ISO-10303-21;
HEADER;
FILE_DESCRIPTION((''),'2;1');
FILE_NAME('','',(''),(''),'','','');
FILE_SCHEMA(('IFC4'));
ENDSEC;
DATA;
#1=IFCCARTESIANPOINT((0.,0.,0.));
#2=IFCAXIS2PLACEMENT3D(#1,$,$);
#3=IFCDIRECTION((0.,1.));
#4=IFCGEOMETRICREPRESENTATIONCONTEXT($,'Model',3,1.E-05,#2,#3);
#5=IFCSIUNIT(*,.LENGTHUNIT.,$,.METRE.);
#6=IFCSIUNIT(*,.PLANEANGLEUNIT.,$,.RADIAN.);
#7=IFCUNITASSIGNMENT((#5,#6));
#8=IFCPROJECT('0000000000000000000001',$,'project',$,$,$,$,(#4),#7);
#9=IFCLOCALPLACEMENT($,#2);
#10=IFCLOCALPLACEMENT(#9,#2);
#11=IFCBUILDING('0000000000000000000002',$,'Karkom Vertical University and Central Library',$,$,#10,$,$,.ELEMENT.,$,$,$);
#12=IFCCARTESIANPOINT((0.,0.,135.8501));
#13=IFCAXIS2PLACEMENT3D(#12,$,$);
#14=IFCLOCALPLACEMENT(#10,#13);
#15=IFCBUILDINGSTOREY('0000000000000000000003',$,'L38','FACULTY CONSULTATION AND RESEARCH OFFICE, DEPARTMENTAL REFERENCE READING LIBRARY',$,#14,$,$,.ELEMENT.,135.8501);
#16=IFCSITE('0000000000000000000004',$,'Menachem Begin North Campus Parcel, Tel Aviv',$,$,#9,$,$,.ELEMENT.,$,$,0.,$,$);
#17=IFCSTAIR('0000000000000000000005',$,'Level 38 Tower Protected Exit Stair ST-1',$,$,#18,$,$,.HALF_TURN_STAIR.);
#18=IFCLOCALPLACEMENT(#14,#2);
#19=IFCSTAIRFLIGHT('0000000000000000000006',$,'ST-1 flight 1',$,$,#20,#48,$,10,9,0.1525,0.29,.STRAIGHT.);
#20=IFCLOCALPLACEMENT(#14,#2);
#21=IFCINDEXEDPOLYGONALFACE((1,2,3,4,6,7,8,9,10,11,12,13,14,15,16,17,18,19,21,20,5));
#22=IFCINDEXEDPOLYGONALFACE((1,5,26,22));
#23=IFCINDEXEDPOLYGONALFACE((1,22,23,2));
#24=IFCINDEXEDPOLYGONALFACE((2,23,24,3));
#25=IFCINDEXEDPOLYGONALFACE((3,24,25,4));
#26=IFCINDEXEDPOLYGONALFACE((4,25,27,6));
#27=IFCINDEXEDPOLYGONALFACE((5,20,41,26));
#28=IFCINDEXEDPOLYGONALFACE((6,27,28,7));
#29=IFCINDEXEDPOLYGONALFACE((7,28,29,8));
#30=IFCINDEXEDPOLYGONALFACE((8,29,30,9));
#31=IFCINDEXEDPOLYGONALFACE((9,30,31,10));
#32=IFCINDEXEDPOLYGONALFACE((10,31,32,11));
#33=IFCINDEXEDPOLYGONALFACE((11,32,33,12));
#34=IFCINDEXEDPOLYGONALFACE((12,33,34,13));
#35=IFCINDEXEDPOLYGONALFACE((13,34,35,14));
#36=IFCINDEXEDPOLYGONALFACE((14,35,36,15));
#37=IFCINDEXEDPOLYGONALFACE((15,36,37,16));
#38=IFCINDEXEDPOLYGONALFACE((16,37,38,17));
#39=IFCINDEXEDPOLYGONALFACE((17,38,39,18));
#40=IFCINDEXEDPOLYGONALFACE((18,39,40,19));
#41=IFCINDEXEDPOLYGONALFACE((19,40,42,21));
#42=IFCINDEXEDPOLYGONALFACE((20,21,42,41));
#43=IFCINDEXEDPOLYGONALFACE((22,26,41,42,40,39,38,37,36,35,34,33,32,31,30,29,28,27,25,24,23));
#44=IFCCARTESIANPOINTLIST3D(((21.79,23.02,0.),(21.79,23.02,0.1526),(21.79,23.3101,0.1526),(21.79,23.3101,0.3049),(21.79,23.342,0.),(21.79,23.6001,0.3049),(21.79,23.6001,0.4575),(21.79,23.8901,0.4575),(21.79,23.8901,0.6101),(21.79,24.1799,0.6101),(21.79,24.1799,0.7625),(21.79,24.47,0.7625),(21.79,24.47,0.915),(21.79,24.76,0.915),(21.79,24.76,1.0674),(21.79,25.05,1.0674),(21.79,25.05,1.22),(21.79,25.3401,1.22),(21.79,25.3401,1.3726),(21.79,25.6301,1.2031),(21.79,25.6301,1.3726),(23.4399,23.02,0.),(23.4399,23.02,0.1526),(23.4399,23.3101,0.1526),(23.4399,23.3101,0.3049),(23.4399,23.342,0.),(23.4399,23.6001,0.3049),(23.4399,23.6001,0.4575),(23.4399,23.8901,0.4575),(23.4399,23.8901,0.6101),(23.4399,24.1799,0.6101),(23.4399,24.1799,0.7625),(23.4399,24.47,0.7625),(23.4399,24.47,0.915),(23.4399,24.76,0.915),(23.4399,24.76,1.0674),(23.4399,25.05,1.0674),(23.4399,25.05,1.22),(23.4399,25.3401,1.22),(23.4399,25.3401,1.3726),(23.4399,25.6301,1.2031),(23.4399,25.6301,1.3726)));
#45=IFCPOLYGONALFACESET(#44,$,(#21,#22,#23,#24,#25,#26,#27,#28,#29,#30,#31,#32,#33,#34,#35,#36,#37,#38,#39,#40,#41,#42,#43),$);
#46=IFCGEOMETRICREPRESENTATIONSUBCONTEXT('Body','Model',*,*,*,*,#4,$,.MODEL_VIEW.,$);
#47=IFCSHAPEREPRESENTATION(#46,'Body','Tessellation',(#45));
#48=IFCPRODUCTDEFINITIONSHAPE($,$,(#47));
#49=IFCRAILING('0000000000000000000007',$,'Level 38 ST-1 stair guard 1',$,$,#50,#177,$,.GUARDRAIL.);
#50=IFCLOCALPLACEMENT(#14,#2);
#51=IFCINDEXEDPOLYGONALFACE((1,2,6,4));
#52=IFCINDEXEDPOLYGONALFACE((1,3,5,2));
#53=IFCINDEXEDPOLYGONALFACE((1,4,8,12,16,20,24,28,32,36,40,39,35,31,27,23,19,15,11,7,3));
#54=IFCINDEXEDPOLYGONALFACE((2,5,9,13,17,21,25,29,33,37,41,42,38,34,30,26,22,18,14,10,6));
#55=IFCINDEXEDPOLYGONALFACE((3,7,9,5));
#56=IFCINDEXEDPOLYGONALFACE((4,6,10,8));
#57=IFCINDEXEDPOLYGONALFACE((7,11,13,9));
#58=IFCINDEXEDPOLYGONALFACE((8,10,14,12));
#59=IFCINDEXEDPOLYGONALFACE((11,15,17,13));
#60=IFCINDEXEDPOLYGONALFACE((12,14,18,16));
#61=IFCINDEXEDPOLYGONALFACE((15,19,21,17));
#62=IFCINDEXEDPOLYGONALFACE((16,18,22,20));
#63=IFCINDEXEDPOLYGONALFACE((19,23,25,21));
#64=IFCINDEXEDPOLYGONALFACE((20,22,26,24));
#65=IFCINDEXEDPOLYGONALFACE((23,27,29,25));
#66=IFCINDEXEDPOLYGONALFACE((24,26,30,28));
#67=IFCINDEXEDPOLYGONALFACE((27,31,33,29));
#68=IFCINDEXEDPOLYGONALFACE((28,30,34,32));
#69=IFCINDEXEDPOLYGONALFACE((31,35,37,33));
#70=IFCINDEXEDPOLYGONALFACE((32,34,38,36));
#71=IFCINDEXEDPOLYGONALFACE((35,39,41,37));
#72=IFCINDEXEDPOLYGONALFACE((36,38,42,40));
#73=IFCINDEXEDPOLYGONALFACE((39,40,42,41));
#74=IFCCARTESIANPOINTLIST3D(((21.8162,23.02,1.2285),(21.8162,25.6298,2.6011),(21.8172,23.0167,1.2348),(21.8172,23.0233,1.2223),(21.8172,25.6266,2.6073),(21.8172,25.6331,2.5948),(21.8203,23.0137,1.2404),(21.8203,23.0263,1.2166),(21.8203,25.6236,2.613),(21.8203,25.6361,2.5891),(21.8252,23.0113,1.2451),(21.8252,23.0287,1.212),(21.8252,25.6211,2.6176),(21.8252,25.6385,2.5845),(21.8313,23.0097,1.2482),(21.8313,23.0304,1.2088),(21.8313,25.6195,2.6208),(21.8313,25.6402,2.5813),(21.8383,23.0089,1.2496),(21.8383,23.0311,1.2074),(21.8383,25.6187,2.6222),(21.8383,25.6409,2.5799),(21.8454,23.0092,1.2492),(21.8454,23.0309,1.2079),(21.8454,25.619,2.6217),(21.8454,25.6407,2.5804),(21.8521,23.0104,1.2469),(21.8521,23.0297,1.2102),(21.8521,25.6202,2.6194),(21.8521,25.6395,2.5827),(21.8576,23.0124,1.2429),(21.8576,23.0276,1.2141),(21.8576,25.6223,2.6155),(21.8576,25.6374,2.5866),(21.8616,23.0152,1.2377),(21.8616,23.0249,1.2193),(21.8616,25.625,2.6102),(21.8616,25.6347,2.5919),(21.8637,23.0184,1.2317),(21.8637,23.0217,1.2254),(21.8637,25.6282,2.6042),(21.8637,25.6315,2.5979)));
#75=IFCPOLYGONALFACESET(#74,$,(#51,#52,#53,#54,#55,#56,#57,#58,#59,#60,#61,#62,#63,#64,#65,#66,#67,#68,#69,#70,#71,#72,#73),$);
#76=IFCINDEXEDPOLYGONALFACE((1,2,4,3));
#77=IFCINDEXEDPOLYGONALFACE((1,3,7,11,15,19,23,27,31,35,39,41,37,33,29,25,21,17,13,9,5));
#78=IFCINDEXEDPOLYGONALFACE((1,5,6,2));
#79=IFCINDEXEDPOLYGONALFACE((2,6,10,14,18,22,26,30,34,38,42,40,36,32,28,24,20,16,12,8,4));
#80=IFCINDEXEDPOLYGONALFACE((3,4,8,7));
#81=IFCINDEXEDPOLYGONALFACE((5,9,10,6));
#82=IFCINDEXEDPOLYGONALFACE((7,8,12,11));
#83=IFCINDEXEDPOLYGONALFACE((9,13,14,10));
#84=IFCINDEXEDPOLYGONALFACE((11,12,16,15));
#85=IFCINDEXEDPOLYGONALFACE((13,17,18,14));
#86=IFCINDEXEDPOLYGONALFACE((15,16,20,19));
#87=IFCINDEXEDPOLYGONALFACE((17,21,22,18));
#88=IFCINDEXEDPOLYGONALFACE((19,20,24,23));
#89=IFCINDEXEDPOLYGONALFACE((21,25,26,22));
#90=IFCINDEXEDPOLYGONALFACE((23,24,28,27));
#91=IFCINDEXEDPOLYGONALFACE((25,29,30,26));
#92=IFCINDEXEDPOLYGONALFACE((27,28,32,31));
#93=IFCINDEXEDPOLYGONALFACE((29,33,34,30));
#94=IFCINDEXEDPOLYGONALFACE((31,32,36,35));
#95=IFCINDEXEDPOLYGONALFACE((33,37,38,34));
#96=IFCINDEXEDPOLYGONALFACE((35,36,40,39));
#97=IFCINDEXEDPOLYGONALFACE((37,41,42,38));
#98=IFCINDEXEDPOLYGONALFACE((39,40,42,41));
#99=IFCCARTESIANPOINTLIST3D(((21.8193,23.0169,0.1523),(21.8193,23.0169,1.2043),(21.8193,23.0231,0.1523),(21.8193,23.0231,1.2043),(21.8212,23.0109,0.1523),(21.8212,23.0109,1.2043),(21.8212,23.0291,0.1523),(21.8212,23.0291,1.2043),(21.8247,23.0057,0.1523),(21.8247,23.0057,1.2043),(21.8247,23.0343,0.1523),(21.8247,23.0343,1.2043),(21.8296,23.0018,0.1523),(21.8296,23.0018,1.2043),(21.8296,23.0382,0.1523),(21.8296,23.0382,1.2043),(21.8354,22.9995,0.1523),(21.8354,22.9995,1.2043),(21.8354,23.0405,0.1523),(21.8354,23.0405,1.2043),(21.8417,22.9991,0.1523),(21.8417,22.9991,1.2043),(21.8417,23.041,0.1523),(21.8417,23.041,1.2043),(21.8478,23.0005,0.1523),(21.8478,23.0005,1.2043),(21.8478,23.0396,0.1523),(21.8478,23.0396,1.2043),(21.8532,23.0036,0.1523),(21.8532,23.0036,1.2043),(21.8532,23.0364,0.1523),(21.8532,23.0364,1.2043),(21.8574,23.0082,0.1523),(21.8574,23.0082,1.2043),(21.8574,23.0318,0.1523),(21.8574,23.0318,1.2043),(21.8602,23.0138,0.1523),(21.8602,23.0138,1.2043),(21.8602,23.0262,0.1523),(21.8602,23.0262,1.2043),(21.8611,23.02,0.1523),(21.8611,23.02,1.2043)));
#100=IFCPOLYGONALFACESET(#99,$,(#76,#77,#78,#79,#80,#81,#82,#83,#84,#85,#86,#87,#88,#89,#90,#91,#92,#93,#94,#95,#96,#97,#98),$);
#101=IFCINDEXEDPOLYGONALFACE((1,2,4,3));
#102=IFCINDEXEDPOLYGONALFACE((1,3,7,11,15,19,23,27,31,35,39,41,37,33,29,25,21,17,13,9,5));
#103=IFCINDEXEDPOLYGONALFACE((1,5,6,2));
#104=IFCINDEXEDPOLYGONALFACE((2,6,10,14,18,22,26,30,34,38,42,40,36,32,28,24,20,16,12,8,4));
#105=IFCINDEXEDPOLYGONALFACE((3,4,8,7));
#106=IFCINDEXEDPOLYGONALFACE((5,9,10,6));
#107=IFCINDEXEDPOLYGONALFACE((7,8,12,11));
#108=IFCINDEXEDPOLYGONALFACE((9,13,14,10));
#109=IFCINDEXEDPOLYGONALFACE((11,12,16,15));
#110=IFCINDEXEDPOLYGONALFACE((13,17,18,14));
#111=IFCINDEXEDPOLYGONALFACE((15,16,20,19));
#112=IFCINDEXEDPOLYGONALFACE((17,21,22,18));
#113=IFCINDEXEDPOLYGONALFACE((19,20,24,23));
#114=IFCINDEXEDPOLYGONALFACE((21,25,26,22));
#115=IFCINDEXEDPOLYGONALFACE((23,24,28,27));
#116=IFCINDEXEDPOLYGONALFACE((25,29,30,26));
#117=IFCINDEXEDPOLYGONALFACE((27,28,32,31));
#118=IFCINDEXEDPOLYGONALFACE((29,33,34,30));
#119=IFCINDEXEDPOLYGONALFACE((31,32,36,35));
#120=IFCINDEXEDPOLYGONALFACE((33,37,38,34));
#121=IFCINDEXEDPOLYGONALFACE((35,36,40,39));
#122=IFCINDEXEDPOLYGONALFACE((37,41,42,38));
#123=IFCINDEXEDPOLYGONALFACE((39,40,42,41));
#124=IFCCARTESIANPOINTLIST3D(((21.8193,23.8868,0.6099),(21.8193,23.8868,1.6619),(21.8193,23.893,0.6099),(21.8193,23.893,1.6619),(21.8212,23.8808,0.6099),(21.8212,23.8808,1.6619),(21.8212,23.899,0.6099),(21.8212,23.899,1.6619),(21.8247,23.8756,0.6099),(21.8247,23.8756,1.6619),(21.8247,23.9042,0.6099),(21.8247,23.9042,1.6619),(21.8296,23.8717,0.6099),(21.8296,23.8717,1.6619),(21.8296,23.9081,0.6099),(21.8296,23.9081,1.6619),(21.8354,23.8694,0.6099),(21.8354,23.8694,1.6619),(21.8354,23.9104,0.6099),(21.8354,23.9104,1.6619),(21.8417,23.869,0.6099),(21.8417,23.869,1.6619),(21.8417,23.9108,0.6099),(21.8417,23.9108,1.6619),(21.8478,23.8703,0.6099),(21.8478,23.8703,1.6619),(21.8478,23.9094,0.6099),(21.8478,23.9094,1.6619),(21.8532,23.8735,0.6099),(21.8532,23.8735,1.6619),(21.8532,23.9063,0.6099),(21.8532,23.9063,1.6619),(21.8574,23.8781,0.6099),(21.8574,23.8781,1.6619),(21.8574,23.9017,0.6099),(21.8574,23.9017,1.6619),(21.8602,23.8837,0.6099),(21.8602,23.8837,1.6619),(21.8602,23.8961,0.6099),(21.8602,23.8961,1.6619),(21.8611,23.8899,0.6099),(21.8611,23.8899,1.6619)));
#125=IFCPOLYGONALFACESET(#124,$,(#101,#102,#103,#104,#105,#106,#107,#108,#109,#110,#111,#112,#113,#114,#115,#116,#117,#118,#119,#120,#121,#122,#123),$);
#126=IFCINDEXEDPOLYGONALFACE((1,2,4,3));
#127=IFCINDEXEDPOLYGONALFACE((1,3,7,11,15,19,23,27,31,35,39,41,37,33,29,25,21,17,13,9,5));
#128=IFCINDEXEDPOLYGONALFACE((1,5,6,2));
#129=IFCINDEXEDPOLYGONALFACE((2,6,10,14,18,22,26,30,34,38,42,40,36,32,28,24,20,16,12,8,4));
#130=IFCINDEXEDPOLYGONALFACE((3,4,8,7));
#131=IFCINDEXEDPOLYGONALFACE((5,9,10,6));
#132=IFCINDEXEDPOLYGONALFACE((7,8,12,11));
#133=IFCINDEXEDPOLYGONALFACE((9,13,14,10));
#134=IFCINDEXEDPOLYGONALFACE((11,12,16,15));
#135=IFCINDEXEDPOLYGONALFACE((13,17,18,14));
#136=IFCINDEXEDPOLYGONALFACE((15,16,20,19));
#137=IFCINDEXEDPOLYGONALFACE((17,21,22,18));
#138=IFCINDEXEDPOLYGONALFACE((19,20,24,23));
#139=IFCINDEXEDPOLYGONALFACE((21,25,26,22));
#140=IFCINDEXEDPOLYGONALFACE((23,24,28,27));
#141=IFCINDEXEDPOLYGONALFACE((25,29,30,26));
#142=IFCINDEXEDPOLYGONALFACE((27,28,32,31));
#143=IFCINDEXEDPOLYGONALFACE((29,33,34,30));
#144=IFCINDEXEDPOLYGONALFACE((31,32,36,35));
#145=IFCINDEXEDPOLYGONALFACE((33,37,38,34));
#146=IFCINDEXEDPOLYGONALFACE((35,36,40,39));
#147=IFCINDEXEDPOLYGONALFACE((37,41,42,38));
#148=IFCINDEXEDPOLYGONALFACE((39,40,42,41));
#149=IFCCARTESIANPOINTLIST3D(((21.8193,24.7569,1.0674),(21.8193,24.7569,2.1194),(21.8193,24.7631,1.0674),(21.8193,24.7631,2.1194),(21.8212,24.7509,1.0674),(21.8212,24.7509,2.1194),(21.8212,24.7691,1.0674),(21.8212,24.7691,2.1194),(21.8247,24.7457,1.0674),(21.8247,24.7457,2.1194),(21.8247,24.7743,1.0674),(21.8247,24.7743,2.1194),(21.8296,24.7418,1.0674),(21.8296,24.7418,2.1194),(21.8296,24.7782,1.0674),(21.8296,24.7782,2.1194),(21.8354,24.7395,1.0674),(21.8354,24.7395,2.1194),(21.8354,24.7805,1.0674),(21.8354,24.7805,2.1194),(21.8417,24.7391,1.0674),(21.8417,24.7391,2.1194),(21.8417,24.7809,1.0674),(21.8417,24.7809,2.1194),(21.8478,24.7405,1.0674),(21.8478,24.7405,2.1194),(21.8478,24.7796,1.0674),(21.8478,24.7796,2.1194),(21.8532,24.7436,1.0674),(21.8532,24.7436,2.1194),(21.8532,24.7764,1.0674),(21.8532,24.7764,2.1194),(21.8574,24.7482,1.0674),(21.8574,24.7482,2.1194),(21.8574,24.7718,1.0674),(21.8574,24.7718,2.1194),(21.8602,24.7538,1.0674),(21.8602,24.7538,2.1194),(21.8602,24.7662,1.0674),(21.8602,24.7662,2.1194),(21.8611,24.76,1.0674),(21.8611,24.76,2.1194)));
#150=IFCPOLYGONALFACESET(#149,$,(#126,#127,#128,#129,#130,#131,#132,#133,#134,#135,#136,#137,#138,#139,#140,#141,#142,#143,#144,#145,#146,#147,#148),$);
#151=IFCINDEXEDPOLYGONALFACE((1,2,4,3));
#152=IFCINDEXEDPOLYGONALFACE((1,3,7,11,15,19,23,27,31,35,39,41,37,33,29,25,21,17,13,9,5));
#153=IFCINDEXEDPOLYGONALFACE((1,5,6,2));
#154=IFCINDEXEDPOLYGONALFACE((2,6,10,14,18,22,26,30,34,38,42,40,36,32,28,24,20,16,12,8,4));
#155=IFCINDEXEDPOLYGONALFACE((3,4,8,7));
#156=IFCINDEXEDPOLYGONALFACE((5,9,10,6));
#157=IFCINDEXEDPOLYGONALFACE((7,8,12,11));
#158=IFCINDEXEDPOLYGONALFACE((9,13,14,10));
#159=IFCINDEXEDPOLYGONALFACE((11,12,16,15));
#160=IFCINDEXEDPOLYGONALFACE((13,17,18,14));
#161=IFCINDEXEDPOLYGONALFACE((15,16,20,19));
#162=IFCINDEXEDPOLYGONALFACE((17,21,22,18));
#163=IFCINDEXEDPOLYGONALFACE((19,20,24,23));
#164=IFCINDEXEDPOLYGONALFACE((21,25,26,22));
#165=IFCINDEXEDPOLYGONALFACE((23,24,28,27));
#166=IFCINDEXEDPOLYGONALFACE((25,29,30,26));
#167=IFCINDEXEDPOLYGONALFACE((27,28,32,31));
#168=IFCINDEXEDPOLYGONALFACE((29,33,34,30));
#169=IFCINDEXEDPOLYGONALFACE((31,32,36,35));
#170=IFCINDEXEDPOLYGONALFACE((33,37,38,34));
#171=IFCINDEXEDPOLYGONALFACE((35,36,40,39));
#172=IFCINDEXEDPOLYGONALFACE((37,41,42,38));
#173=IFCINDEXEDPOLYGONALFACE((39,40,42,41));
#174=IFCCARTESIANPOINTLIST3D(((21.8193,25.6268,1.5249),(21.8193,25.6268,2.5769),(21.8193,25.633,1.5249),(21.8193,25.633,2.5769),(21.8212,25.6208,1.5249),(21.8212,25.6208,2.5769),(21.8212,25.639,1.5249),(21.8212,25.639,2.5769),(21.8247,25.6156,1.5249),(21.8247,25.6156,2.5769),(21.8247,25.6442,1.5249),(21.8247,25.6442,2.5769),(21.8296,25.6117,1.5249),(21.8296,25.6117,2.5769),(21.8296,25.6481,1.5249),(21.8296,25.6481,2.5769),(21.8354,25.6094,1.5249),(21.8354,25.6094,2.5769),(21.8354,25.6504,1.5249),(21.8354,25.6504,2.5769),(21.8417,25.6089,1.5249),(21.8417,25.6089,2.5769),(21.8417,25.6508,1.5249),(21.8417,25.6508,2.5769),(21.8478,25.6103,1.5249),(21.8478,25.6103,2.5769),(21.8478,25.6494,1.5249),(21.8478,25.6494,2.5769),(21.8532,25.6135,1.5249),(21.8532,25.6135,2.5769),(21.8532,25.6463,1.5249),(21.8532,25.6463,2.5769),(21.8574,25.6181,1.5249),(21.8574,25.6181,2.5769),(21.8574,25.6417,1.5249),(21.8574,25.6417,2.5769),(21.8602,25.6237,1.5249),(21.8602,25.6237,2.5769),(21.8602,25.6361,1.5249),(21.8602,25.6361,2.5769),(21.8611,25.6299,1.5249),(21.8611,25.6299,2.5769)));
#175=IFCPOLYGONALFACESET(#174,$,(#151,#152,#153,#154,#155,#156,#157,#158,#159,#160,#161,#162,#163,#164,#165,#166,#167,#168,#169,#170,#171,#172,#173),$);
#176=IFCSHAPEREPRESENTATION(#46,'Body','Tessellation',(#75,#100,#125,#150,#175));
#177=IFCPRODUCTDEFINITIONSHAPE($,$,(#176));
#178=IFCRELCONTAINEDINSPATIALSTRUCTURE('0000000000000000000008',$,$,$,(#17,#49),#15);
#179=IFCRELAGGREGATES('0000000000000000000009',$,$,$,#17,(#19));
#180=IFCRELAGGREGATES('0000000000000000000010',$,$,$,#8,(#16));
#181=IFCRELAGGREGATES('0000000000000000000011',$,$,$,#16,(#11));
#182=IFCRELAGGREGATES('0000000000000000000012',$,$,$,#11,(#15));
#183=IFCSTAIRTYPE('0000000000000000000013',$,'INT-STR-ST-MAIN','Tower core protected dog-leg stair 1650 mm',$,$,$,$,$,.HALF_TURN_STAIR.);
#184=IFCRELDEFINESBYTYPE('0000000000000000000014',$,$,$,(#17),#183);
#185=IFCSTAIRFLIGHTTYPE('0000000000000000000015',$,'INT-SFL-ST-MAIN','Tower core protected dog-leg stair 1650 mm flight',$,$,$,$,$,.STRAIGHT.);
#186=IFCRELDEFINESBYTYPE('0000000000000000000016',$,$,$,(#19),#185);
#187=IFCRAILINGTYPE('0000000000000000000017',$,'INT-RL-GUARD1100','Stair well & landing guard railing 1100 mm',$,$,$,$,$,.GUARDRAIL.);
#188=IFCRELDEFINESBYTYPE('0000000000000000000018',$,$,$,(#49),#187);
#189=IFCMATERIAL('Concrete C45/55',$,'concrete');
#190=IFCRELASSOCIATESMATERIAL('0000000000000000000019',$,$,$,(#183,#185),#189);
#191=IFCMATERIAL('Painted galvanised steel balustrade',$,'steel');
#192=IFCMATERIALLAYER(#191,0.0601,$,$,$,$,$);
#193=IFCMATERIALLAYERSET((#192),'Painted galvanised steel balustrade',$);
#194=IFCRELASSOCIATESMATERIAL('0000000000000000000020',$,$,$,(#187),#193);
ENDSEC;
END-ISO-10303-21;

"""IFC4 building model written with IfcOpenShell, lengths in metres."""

from ifc_helpers import new_model, si_unit, direction, frame, origin, origin_2d, place, context, subcontext, project, spatial, polyline, circle, outline, extrude, material, layer, layer_set, type_object, element, aggregate, save


model = new_model("IFC4")

# Units and contexts
model_context = context("Model", 3, precision=1e-05, world=origin(), true_north=direction((0.0, 1.0)))
body_context = subcontext(model_context, "Body", "Model", "MODEL_VIEW")
ifc_project = project(units=[si_unit("LENGTHUNIT", "METRE"), si_unit("PLANEANGLEUNIT", "RADIAN")], contexts=[model_context])

# Site, building, storey
site_placement = place(None, origin())
site = spatial("IfcSite", under=ifc_project, at=site_placement, Name="Menachem Begin North Campus Parcel, Tel Aviv", CompositionType="ELEMENT", RefElevation=0.0)
building_placement = place(site_placement, origin())
building = spatial("IfcBuilding", under=site, at=building_placement, Name="Karkom Vertical University and Central Library", CompositionType="ELEMENT")
storey_placement = place(building_placement, frame((0.0, 0.0, 135.8501)))
storey = spatial("IfcBuildingStorey", under=building, at=storey_placement, Name="L38", Description="FACULTY CONSULTATION AND RESEARCH OFFICE, DEPARTMENTAL REFERENCE READING LIBRARY", CompositionType="ELEMENT", Elevation=135.8501)

# Shared definitions
ifc_material_1 = material(Name="Concrete C45/55", Category="concrete")

# Stair, stair flight
stair_type = type_object("IfcStairType", Name="INT-STR-ST-MAIN", Description="Tower core protected dog-leg stair 1650 mm", PredefinedType="HALF_TURN_STAIR", material=ifc_material_1)
stair_placement = place(storey_placement, origin())
stair = element("IfcStair", 1, at=stair_placement, inside=storey, type_object=stair_type, Name="Level 38 Tower Protected Exit Stair ST-1", PredefinedType="HALF_TURN_STAIR")
stair_flight_type = type_object("IfcStairFlightType", Name="INT-SFL-ST-MAIN", Description="Tower core protected dog-leg stair 1650 mm flight", PredefinedType="STRAIGHT", material=ifc_material_1)
stair_flight_placement = place(storey_placement, frame((22.615, 23.02, 0.0), z_axis=(0.0, 0.0, 1.0), x_axis=(0.0, 1.0, 0.0)))
stair_flight = element("IfcStairFlight", 2, at=stair_flight_placement, type_object=stair_flight_type, Name="ST-1 flight 1", NumberOfRisers=10, NumberOfTreads=9, PredefinedType="STRAIGHT", RiserHeight=0.1525, TreadLength=0.29, context=body_context, shape_type="SweptSolid", body=[
    extrude(outline(polyline([(0.0, 0.0), (0.0, 0.1526), (0.29, 0.1526), (0.29, 0.3049), (0.5801, 0.3049), (0.5801, 0.4575), (0.8701, 0.4575), (0.8701, 0.6101), (1.1599, 0.6101), (1.1599, 0.7625), (1.45, 0.7625), (1.45, 0.915), (1.74, 0.915), (1.74, 1.0674), (2.03, 1.0674), (2.03, 1.22), (2.3201, 1.22), (2.3201, 1.3726), (2.6101, 1.3726), (2.6101, 1.5249), (2.6101, 1.2031), (0.322, 0.0), (0.0, 0.0)])), frame((0.0, 0.825, 0.0), z_axis=(0.0, -1.0, 0.0), x_axis=(1.0, 0.0, 0.0)), (0.0, 0.0, 1.0), 1.6499),
])
aggregate(stair, [stair_flight])

# Railing
ifc_material_2 = material(Name="Painted galvanised steel balustrade", Category="steel")
ifc_layer_1 = layer(ifc_material_2, 0.0601)
ifc_layer_set_1 = layer_set([ifc_layer_1], Name="Painted galvanised steel balustrade")
railing_type_1 = type_object("IfcRailingType", Name="INT-RL-GUARD1100", Description="Stair well & landing guard railing 1100 mm", PredefinedType="GUARDRAIL", material=ifc_layer_set_1)
railing_1_placement = place(storey_placement, frame((21.8401, 23.02, 0.1523)))
element("IfcRailing", 3, at=railing_1_placement, inside=storey, type_object=railing_type_1, Name="Level 38 ST-1 stair guard 1", PredefinedType="GUARDRAIL", context=body_context, shape_type="SweptSolid", body=[
    extrude(circle(Radius=0.0239, at=origin_2d()), frame((0.0, 0.0, 1.0762), z_axis=(0.0, 0.885065, 0.465467), x_axis=(-1.0, 0.0, 0.0)), (0.0, 0.0, 1.0), 2.9487),
    extrude(circle(Radius=0.021, at=origin_2d()), origin(), (0.0, 0.0, 1.0), 1.052),
    extrude(circle(Radius=0.021, at=origin_2d()), frame((0.0, 0.8699, 0.4575)), (0.0, 0.0, 1.0), 1.052),
    extrude(circle(Radius=0.021, at=origin_2d()), frame((0.0, 1.74, 0.915)), (0.0, 0.0, 1.0), 1.052),
    extrude(circle(Radius=0.021, at=origin_2d()), frame((0.0, 2.6099, 1.3726)), (0.0, 0.0, 1.0), 1.052),
])

save(model, "model.ifc")
